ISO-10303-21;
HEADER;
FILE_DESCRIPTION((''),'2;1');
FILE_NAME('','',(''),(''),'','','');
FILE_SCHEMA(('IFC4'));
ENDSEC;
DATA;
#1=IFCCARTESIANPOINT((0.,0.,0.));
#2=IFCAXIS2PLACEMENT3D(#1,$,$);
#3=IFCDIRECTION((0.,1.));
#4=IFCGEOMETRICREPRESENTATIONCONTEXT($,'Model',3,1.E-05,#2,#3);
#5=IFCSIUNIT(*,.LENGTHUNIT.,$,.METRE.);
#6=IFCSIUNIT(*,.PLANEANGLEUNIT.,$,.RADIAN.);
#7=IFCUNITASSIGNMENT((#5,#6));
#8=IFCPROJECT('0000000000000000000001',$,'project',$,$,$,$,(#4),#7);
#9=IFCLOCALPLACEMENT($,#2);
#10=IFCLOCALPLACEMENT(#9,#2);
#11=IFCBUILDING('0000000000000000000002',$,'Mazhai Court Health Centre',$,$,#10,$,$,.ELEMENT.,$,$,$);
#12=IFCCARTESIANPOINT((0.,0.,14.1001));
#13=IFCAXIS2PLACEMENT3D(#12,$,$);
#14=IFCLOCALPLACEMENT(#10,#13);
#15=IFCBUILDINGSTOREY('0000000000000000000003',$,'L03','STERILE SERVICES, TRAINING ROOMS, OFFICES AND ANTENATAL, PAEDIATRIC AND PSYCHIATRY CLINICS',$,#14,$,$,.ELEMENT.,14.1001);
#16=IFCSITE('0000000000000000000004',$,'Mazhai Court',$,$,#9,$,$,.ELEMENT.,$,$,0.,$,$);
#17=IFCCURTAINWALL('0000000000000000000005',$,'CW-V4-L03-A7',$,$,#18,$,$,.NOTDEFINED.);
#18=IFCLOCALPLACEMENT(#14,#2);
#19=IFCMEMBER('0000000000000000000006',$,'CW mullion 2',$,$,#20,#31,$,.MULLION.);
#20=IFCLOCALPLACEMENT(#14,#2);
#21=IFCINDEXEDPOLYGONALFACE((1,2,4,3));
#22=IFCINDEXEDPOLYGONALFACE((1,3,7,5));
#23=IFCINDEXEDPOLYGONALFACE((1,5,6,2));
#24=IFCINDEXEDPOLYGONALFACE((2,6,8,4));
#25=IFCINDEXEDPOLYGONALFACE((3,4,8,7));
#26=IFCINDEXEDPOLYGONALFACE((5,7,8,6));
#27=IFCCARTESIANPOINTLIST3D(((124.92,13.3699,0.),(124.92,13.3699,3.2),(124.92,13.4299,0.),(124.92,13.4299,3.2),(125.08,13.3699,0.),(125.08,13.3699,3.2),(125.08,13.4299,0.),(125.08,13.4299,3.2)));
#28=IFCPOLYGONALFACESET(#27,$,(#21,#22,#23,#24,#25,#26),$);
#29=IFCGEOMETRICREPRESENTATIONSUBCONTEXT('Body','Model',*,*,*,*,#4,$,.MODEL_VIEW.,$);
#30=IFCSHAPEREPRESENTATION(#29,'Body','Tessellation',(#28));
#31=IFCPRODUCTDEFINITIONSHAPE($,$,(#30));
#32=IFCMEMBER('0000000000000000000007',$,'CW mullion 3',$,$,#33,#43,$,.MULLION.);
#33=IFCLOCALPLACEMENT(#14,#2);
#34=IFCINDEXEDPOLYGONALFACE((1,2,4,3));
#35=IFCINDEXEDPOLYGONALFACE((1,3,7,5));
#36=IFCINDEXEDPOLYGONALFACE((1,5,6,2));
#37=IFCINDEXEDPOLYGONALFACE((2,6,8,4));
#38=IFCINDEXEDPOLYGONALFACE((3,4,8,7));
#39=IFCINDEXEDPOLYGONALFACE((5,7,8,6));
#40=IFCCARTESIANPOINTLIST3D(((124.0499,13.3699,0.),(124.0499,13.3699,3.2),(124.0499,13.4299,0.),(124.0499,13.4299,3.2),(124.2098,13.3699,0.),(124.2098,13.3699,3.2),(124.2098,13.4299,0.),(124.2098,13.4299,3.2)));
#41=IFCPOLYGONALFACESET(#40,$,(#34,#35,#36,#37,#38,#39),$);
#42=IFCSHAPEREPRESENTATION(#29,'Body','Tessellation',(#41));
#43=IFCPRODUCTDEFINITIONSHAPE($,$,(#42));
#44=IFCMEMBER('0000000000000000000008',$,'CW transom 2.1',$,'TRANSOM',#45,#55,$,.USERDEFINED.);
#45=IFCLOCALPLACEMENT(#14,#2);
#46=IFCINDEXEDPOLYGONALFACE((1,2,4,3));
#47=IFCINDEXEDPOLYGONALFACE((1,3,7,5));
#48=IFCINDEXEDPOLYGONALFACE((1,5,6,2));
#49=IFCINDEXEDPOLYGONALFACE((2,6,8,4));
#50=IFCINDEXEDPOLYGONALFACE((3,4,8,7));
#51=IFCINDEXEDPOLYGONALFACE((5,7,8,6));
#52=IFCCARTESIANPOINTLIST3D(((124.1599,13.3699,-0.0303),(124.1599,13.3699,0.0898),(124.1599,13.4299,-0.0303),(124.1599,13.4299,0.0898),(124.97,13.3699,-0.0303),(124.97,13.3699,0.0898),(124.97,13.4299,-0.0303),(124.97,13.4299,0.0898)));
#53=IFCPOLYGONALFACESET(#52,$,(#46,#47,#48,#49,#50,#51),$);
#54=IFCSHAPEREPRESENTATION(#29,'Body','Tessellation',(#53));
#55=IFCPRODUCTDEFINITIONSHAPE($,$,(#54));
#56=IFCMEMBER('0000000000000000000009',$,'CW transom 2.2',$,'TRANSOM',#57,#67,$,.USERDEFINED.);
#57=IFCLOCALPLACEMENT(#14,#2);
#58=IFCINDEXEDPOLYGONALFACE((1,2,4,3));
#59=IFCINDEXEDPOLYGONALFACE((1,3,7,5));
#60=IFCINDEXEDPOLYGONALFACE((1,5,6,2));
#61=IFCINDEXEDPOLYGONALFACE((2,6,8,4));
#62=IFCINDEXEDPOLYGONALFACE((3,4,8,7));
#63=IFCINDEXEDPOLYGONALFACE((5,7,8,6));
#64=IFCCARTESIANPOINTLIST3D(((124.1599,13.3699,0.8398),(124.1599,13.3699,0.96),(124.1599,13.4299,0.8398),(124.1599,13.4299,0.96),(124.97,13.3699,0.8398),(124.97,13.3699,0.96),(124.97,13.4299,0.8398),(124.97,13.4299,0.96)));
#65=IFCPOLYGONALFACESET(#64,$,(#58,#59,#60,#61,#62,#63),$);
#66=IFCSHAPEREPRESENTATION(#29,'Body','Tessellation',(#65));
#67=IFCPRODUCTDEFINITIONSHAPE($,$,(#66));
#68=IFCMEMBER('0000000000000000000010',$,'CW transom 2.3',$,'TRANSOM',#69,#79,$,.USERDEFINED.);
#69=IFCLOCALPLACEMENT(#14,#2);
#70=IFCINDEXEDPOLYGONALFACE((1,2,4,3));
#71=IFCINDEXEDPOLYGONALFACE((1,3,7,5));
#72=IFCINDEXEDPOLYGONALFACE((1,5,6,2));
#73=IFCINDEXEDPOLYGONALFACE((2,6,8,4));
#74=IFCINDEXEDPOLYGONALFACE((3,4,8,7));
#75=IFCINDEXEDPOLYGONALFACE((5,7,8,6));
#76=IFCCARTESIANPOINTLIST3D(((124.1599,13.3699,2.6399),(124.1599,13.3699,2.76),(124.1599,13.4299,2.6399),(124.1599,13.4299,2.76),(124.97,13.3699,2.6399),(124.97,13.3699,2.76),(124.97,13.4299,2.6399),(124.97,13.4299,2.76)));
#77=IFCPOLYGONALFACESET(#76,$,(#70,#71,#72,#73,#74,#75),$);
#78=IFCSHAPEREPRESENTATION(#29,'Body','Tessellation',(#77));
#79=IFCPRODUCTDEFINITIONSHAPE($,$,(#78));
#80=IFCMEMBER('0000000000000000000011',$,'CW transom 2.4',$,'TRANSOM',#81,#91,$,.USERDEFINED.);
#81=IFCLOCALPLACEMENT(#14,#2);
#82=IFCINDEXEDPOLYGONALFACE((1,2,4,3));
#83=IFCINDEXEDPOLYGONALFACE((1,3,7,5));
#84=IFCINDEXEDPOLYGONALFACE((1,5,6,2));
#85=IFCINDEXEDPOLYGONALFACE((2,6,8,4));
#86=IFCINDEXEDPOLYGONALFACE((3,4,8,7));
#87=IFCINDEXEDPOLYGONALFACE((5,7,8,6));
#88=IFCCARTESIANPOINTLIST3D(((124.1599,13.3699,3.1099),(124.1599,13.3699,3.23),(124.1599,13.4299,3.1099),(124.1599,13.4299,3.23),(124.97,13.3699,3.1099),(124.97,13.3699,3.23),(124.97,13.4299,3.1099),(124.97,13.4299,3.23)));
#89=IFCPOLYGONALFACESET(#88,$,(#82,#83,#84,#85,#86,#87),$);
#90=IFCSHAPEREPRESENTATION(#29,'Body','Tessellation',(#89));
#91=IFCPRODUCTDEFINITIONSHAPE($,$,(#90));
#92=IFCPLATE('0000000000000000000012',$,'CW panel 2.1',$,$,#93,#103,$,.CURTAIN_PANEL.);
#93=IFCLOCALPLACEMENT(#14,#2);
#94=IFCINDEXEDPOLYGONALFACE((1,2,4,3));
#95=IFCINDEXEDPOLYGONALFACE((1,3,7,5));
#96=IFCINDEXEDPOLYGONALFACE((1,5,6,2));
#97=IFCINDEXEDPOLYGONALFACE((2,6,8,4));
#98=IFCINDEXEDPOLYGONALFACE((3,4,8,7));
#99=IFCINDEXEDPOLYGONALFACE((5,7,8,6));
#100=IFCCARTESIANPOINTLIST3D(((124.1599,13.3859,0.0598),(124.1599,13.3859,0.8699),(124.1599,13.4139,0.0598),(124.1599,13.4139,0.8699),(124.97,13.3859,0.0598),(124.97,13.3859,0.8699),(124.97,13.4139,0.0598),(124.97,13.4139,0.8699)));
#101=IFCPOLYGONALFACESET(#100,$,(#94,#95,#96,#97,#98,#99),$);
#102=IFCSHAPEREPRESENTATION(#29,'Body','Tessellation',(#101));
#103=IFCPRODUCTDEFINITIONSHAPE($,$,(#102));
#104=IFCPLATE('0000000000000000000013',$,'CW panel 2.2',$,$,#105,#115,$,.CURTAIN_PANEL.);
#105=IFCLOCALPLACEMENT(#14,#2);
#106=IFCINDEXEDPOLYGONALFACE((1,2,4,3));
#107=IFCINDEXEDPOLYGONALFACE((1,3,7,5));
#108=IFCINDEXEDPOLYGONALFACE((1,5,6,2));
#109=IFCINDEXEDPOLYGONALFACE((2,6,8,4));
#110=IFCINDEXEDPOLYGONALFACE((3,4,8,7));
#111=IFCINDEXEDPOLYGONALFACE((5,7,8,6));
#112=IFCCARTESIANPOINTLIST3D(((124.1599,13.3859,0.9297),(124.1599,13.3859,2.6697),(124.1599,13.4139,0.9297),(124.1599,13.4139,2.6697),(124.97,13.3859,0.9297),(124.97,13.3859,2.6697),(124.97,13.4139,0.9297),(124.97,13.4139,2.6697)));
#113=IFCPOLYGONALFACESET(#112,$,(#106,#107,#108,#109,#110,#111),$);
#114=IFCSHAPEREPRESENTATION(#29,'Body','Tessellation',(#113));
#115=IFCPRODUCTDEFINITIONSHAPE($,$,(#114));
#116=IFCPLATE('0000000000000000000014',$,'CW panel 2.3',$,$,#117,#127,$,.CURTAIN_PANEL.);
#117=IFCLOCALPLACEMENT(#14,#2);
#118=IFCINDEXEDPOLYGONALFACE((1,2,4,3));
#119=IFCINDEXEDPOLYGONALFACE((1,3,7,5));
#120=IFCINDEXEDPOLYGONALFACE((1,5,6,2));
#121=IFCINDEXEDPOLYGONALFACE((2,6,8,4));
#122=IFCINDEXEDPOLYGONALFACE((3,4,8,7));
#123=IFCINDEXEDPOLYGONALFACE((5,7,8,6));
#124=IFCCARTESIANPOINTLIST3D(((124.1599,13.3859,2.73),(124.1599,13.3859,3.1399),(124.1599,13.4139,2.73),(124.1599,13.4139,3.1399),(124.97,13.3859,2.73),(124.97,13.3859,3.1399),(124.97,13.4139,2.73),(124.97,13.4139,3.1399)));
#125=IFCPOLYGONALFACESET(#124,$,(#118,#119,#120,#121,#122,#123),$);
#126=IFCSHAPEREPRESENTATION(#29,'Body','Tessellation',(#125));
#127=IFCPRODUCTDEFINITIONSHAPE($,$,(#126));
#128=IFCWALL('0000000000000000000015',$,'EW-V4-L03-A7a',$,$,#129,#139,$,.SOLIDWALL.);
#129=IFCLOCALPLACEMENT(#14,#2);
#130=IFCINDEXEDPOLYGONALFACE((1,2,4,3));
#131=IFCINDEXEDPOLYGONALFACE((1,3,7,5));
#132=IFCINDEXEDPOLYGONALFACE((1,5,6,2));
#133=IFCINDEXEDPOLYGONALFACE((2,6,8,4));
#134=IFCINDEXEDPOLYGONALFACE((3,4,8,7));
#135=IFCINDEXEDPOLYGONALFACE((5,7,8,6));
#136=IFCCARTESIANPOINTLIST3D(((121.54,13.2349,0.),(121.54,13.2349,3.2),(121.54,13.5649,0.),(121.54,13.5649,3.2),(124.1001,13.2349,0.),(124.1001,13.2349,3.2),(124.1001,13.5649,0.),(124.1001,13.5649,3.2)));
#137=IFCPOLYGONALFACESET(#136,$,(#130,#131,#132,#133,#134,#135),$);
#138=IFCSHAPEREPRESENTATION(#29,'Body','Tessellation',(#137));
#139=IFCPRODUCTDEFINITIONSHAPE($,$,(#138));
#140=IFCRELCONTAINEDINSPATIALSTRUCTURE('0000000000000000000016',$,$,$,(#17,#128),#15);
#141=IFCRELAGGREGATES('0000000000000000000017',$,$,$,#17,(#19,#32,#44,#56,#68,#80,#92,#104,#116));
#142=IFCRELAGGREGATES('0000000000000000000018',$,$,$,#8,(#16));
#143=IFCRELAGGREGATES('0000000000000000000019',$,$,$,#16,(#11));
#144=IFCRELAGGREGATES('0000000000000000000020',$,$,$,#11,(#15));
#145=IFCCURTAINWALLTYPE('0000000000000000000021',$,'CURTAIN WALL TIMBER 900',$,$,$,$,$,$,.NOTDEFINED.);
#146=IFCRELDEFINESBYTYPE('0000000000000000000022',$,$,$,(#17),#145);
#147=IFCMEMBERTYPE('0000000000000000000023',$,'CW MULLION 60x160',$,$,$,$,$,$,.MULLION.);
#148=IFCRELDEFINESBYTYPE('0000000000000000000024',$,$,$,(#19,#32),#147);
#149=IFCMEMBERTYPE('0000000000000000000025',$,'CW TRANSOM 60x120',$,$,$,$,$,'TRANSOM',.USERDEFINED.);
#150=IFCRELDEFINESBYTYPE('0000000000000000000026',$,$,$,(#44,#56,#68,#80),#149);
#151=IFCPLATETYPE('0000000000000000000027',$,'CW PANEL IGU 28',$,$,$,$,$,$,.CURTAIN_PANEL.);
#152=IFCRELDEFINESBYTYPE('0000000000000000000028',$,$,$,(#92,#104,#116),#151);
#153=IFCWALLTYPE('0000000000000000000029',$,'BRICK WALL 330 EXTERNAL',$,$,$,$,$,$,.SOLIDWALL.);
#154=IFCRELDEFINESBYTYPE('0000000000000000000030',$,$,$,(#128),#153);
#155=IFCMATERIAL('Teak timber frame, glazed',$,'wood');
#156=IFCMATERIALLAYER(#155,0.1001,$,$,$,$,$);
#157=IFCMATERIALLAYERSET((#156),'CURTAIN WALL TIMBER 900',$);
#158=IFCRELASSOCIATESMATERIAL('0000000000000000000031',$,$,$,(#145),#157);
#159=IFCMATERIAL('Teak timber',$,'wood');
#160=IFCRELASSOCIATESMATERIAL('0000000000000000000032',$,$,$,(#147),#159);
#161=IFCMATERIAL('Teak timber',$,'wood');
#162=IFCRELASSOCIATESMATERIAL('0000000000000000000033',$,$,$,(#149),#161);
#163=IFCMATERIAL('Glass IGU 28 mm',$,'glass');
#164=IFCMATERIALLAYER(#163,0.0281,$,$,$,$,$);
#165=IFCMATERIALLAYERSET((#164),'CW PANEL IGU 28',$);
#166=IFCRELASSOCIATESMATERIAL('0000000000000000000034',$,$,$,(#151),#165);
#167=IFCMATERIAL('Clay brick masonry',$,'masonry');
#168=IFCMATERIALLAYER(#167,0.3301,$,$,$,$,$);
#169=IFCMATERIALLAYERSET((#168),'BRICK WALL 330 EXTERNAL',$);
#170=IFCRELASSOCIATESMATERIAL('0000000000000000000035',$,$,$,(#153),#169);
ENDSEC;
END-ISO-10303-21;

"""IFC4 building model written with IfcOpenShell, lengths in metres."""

from ifc_helpers import new_model, si_unit, direction, frame, frame_2d, origin, origin_2d, place, context, subcontext, project, spatial, rectangle, extrude, material, layer, layer_set, material_profile, profile_set, type_object, element, aggregate, save


model = new_model("IFC4")

# Units and contexts
model_context = context("Model", 3, precision=1e-05, world=origin(), true_north=direction((0.0, 1.0)))
body_context = subcontext(model_context, "Body", "Model", "MODEL_VIEW")
ifc_project = project(units=[si_unit("LENGTHUNIT", "METRE"), si_unit("PLANEANGLEUNIT", "RADIAN")], contexts=[model_context])

# Site, building, storey
site_placement = place(None, origin())
site = spatial("IfcSite", under=ifc_project, at=site_placement, Name="Mazhai Court", CompositionType="ELEMENT", RefElevation=0.0)
building_placement = place(site_placement, origin())
building = spatial("IfcBuilding", under=site, at=building_placement, Name="Mazhai Court Health Centre", CompositionType="ELEMENT")
storey_placement = place(building_placement, frame((0.0, 0.0, 14.1001)))
storey = spatial("IfcBuildingStorey", under=building, at=storey_placement, Name="L03", Description="STERILE SERVICES, TRAINING ROOMS, OFFICES AND ANTENATAL, PAEDIATRIC AND PSYCHIATRY CLINICS", CompositionType="ELEMENT", Elevation=14.1001)

# Curtain wall, members, plates
ifc_material_1 = material(Name="Teak timber frame, glazed", Category="wood")
ifc_layer_1 = layer(ifc_material_1, 0.1001)
ifc_layer_set_1 = layer_set([ifc_layer_1], Name="CURTAIN WALL TIMBER 900")
curtain_wall_type = type_object("IfcCurtainWallType", Name="CURTAIN WALL TIMBER 900", PredefinedType="NOTDEFINED", material=ifc_layer_set_1)
curtain_wall_placement = place(storey_placement, origin())
curtain_wall = element("IfcCurtainWall", 1, at=curtain_wall_placement, inside=storey, type_object=curtain_wall_type, Name="CW-V4-L03-A7", PredefinedType="NOTDEFINED")
ifc_material_2 = material(Name="Teak timber", Category="wood")
ifc_material_profile_1 = material_profile(ifc_material_2, rectangle(XDim=0.0601, YDim=0.1599, at=origin_2d()), Name="CW MULLION 60x160")
ifc_profile_set_1 = profile_set([ifc_material_profile_1], Name="Teak timber")
member_type_1 = type_object("IfcMemberType", Name="CW MULLION 60x160", PredefinedType="MULLION", material=ifc_profile_set_1)
member_1_placement = place(storey_placement, frame((125.0, 13.3999, 0.0), z_axis=(0.0, 0.0, 1.0), x_axis=(0.0, -1.0, 0.0)))
member_1 = element("IfcMember", 2, at=member_1_placement, type_object=member_type_1, Name="CW mullion 2", PredefinedType="MULLION", context=body_context, shape_type="SweptSolid", body=[
    extrude(rectangle(XDim=0.0601, YDim=0.1599, at=origin_2d()), origin(), (0.0, 0.0, 1.0), 3.2),
])
member_2_placement = place(storey_placement, frame((124.1299, 13.3999, 0.0), z_axis=(0.0, 0.0, 1.0), x_axis=(0.0, -1.0, 0.0)))
member_2 = element("IfcMember", 3, at=member_2_placement, type_object=member_type_1, Name="CW mullion 3", PredefinedType="MULLION", context=body_context, shape_type="SweptSolid", body=[
    extrude(rectangle(XDim=0.0601, YDim=0.1599, at=origin_2d()), origin(), (0.0, 0.0, 1.0), 3.2),
])
ifc_material_3 = material(Name="Teak timber", Category="wood")
ifc_material_profile_2 = material_profile(ifc_material_3, rectangle(XDim=0.0601, YDim=0.1201, at=origin_2d()), Name="CW TRANSOM 60x120")
ifc_profile_set_2 = profile_set([ifc_material_profile_2], Name="Teak timber")
member_type_2 = type_object("IfcMemberType", Name="CW TRANSOM 60x120", ElementType="TRANSOM", PredefinedType="USERDEFINED", material=ifc_profile_set_2)
member_3_placement = place(storey_placement, frame((124.97, 13.3999, 0.0298), z_axis=(-1.0, 0.0, 0.0), x_axis=(0.0, -1.0, 0.0)))
member_3 = element("IfcMember", 4, at=member_3_placement, type_object=member_type_2, Name="CW transom 2.1", ObjectType="TRANSOM", PredefinedType="USERDEFINED", context=body_context, shape_type="SweptSolid", body=[
    extrude(rectangle(XDim=0.0601, YDim=0.1201, at=origin_2d()), origin(), (0.0, 0.0, 1.0), 0.8101),
])
member_4_placement = place(storey_placement, frame((124.97, 13.3999, 0.8999), z_axis=(-1.0, 0.0, 0.0), x_axis=(0.0, -1.0, 0.0)))
member_4 = element("IfcMember", 5, at=member_4_placement, type_object=member_type_2, Name="CW transom 2.2", ObjectType="TRANSOM", PredefinedType="USERDEFINED", context=body_context, shape_type="SweptSolid", body=[
    extrude(rectangle(XDim=0.0601, YDim=0.1201, at=origin_2d()), origin(), (0.0, 0.0, 1.0), 0.8101),
])
member_5_placement = place(storey_placement, frame((124.97, 13.3999, 2.7), z_axis=(-1.0, 0.0, 0.0), x_axis=(0.0, -1.0, 0.0)))
member_5 = element("IfcMember", 6, at=member_5_placement, type_object=member_type_2, Name="CW transom 2.3", ObjectType="TRANSOM", PredefinedType="USERDEFINED", context=body_context, shape_type="SweptSolid", body=[
    extrude(rectangle(XDim=0.0601, YDim=0.1201, at=origin_2d()), origin(), (0.0, 0.0, 1.0), 0.8101),
])
member_6_placement = place(storey_placement, frame((124.97, 13.3999, 3.1699), z_axis=(-1.0, 0.0, 0.0), x_axis=(0.0, -1.0, 0.0)))
member_6 = element("IfcMember", 7, at=member_6_placement, type_object=member_type_2, Name="CW transom 2.4", ObjectType="TRANSOM", PredefinedType="USERDEFINED", context=body_context, shape_type="SweptSolid", body=[
    extrude(rectangle(XDim=0.0601, YDim=0.1201, at=origin_2d()), origin(), (0.0, 0.0, 1.0), 0.8101),
])
ifc_material_4 = material(Name="Glass IGU 28 mm", Category="glass")
ifc_layer_2 = layer(ifc_material_4, 0.0281)
ifc_layer_set_2 = layer_set([ifc_layer_2], Name="CW PANEL IGU 28")
plate_type = type_object("IfcPlateType", Name="CW PANEL IGU 28", PredefinedType="CURTAIN_PANEL", material=ifc_layer_set_2)
plate_1_placement = place(storey_placement, frame((124.5649, 13.3999, 0.0598), z_axis=(0.0, 0.0, 1.0), x_axis=(-1.0, 0.0, 0.0)))
plate_1 = element("IfcPlate", 8, at=plate_1_placement, type_object=plate_type, Name="CW panel 2.1", PredefinedType="CURTAIN_PANEL", context=body_context, shape_type="SweptSolid", body=[
    extrude(rectangle(XDim=0.8101, YDim=0.0281, at=origin_2d()), origin(), (0.0, 0.0, 1.0), 0.8101),
])
plate_2_placement = place(storey_placement, frame((124.5649, 13.3999, 0.9297), z_axis=(0.0, 0.0, 1.0), x_axis=(-1.0, 0.0, 0.0)))
plate_2 = element("IfcPlate", 9, at=plate_2_placement, type_object=plate_type, Name="CW panel 2.2", PredefinedType="CURTAIN_PANEL", context=body_context, shape_type="SweptSolid", body=[
    extrude(rectangle(XDim=0.8101, YDim=0.0281, at=origin_2d()), origin(), (0.0, 0.0, 1.0), 1.74),
])
plate_3_placement = place(storey_placement, frame((124.5649, 13.3999, 2.73), z_axis=(0.0, 0.0, 1.0), x_axis=(-1.0, 0.0, 0.0)))
plate_3 = element("IfcPlate", 10, at=plate_3_placement, type_object=plate_type, Name="CW panel 2.3", PredefinedType="CURTAIN_PANEL", context=body_context, shape_type="SweptSolid", body=[
    extrude(rectangle(XDim=0.8101, YDim=0.0281, at=origin_2d()), origin(), (0.0, 0.0, 1.0), 0.4099),
])
aggregate(curtain_wall, [member_1, member_2, member_3, member_4, member_5, member_6, plate_1, plate_2, plate_3])

# Wall
ifc_material_5 = material(Name="Clay brick masonry", Category="masonry")
ifc_layer_3 = layer(ifc_material_5, 0.3301)
ifc_layer_set_3 = layer_set([ifc_layer_3], Name="BRICK WALL 330 EXTERNAL")
wall_type_1 = type_object("IfcWallType", Name="BRICK WALL 330 EXTERNAL", PredefinedType="SOLIDWALL", material=ifc_layer_set_3)
wall_1_placement = place(storey_placement, frame((124.1001, 13.3999, 0.0), z_axis=(0.0, 0.0, 1.0), x_axis=(-1.0, 0.0, 0.0)))
element("IfcWall", 11, at=wall_1_placement, inside=storey, type_object=wall_type_1, Name="EW-V4-L03-A7a", PredefinedType="SOLIDWALL", context=body_context, shape_type="SweptSolid", body=[
    extrude(rectangle(XDim=2.5601, YDim=0.3301, at=frame_2d((1.28, 0.0))), origin(), (0.0, 0.0, 1.0), 3.2),
])

save(model, "model.ifc")
